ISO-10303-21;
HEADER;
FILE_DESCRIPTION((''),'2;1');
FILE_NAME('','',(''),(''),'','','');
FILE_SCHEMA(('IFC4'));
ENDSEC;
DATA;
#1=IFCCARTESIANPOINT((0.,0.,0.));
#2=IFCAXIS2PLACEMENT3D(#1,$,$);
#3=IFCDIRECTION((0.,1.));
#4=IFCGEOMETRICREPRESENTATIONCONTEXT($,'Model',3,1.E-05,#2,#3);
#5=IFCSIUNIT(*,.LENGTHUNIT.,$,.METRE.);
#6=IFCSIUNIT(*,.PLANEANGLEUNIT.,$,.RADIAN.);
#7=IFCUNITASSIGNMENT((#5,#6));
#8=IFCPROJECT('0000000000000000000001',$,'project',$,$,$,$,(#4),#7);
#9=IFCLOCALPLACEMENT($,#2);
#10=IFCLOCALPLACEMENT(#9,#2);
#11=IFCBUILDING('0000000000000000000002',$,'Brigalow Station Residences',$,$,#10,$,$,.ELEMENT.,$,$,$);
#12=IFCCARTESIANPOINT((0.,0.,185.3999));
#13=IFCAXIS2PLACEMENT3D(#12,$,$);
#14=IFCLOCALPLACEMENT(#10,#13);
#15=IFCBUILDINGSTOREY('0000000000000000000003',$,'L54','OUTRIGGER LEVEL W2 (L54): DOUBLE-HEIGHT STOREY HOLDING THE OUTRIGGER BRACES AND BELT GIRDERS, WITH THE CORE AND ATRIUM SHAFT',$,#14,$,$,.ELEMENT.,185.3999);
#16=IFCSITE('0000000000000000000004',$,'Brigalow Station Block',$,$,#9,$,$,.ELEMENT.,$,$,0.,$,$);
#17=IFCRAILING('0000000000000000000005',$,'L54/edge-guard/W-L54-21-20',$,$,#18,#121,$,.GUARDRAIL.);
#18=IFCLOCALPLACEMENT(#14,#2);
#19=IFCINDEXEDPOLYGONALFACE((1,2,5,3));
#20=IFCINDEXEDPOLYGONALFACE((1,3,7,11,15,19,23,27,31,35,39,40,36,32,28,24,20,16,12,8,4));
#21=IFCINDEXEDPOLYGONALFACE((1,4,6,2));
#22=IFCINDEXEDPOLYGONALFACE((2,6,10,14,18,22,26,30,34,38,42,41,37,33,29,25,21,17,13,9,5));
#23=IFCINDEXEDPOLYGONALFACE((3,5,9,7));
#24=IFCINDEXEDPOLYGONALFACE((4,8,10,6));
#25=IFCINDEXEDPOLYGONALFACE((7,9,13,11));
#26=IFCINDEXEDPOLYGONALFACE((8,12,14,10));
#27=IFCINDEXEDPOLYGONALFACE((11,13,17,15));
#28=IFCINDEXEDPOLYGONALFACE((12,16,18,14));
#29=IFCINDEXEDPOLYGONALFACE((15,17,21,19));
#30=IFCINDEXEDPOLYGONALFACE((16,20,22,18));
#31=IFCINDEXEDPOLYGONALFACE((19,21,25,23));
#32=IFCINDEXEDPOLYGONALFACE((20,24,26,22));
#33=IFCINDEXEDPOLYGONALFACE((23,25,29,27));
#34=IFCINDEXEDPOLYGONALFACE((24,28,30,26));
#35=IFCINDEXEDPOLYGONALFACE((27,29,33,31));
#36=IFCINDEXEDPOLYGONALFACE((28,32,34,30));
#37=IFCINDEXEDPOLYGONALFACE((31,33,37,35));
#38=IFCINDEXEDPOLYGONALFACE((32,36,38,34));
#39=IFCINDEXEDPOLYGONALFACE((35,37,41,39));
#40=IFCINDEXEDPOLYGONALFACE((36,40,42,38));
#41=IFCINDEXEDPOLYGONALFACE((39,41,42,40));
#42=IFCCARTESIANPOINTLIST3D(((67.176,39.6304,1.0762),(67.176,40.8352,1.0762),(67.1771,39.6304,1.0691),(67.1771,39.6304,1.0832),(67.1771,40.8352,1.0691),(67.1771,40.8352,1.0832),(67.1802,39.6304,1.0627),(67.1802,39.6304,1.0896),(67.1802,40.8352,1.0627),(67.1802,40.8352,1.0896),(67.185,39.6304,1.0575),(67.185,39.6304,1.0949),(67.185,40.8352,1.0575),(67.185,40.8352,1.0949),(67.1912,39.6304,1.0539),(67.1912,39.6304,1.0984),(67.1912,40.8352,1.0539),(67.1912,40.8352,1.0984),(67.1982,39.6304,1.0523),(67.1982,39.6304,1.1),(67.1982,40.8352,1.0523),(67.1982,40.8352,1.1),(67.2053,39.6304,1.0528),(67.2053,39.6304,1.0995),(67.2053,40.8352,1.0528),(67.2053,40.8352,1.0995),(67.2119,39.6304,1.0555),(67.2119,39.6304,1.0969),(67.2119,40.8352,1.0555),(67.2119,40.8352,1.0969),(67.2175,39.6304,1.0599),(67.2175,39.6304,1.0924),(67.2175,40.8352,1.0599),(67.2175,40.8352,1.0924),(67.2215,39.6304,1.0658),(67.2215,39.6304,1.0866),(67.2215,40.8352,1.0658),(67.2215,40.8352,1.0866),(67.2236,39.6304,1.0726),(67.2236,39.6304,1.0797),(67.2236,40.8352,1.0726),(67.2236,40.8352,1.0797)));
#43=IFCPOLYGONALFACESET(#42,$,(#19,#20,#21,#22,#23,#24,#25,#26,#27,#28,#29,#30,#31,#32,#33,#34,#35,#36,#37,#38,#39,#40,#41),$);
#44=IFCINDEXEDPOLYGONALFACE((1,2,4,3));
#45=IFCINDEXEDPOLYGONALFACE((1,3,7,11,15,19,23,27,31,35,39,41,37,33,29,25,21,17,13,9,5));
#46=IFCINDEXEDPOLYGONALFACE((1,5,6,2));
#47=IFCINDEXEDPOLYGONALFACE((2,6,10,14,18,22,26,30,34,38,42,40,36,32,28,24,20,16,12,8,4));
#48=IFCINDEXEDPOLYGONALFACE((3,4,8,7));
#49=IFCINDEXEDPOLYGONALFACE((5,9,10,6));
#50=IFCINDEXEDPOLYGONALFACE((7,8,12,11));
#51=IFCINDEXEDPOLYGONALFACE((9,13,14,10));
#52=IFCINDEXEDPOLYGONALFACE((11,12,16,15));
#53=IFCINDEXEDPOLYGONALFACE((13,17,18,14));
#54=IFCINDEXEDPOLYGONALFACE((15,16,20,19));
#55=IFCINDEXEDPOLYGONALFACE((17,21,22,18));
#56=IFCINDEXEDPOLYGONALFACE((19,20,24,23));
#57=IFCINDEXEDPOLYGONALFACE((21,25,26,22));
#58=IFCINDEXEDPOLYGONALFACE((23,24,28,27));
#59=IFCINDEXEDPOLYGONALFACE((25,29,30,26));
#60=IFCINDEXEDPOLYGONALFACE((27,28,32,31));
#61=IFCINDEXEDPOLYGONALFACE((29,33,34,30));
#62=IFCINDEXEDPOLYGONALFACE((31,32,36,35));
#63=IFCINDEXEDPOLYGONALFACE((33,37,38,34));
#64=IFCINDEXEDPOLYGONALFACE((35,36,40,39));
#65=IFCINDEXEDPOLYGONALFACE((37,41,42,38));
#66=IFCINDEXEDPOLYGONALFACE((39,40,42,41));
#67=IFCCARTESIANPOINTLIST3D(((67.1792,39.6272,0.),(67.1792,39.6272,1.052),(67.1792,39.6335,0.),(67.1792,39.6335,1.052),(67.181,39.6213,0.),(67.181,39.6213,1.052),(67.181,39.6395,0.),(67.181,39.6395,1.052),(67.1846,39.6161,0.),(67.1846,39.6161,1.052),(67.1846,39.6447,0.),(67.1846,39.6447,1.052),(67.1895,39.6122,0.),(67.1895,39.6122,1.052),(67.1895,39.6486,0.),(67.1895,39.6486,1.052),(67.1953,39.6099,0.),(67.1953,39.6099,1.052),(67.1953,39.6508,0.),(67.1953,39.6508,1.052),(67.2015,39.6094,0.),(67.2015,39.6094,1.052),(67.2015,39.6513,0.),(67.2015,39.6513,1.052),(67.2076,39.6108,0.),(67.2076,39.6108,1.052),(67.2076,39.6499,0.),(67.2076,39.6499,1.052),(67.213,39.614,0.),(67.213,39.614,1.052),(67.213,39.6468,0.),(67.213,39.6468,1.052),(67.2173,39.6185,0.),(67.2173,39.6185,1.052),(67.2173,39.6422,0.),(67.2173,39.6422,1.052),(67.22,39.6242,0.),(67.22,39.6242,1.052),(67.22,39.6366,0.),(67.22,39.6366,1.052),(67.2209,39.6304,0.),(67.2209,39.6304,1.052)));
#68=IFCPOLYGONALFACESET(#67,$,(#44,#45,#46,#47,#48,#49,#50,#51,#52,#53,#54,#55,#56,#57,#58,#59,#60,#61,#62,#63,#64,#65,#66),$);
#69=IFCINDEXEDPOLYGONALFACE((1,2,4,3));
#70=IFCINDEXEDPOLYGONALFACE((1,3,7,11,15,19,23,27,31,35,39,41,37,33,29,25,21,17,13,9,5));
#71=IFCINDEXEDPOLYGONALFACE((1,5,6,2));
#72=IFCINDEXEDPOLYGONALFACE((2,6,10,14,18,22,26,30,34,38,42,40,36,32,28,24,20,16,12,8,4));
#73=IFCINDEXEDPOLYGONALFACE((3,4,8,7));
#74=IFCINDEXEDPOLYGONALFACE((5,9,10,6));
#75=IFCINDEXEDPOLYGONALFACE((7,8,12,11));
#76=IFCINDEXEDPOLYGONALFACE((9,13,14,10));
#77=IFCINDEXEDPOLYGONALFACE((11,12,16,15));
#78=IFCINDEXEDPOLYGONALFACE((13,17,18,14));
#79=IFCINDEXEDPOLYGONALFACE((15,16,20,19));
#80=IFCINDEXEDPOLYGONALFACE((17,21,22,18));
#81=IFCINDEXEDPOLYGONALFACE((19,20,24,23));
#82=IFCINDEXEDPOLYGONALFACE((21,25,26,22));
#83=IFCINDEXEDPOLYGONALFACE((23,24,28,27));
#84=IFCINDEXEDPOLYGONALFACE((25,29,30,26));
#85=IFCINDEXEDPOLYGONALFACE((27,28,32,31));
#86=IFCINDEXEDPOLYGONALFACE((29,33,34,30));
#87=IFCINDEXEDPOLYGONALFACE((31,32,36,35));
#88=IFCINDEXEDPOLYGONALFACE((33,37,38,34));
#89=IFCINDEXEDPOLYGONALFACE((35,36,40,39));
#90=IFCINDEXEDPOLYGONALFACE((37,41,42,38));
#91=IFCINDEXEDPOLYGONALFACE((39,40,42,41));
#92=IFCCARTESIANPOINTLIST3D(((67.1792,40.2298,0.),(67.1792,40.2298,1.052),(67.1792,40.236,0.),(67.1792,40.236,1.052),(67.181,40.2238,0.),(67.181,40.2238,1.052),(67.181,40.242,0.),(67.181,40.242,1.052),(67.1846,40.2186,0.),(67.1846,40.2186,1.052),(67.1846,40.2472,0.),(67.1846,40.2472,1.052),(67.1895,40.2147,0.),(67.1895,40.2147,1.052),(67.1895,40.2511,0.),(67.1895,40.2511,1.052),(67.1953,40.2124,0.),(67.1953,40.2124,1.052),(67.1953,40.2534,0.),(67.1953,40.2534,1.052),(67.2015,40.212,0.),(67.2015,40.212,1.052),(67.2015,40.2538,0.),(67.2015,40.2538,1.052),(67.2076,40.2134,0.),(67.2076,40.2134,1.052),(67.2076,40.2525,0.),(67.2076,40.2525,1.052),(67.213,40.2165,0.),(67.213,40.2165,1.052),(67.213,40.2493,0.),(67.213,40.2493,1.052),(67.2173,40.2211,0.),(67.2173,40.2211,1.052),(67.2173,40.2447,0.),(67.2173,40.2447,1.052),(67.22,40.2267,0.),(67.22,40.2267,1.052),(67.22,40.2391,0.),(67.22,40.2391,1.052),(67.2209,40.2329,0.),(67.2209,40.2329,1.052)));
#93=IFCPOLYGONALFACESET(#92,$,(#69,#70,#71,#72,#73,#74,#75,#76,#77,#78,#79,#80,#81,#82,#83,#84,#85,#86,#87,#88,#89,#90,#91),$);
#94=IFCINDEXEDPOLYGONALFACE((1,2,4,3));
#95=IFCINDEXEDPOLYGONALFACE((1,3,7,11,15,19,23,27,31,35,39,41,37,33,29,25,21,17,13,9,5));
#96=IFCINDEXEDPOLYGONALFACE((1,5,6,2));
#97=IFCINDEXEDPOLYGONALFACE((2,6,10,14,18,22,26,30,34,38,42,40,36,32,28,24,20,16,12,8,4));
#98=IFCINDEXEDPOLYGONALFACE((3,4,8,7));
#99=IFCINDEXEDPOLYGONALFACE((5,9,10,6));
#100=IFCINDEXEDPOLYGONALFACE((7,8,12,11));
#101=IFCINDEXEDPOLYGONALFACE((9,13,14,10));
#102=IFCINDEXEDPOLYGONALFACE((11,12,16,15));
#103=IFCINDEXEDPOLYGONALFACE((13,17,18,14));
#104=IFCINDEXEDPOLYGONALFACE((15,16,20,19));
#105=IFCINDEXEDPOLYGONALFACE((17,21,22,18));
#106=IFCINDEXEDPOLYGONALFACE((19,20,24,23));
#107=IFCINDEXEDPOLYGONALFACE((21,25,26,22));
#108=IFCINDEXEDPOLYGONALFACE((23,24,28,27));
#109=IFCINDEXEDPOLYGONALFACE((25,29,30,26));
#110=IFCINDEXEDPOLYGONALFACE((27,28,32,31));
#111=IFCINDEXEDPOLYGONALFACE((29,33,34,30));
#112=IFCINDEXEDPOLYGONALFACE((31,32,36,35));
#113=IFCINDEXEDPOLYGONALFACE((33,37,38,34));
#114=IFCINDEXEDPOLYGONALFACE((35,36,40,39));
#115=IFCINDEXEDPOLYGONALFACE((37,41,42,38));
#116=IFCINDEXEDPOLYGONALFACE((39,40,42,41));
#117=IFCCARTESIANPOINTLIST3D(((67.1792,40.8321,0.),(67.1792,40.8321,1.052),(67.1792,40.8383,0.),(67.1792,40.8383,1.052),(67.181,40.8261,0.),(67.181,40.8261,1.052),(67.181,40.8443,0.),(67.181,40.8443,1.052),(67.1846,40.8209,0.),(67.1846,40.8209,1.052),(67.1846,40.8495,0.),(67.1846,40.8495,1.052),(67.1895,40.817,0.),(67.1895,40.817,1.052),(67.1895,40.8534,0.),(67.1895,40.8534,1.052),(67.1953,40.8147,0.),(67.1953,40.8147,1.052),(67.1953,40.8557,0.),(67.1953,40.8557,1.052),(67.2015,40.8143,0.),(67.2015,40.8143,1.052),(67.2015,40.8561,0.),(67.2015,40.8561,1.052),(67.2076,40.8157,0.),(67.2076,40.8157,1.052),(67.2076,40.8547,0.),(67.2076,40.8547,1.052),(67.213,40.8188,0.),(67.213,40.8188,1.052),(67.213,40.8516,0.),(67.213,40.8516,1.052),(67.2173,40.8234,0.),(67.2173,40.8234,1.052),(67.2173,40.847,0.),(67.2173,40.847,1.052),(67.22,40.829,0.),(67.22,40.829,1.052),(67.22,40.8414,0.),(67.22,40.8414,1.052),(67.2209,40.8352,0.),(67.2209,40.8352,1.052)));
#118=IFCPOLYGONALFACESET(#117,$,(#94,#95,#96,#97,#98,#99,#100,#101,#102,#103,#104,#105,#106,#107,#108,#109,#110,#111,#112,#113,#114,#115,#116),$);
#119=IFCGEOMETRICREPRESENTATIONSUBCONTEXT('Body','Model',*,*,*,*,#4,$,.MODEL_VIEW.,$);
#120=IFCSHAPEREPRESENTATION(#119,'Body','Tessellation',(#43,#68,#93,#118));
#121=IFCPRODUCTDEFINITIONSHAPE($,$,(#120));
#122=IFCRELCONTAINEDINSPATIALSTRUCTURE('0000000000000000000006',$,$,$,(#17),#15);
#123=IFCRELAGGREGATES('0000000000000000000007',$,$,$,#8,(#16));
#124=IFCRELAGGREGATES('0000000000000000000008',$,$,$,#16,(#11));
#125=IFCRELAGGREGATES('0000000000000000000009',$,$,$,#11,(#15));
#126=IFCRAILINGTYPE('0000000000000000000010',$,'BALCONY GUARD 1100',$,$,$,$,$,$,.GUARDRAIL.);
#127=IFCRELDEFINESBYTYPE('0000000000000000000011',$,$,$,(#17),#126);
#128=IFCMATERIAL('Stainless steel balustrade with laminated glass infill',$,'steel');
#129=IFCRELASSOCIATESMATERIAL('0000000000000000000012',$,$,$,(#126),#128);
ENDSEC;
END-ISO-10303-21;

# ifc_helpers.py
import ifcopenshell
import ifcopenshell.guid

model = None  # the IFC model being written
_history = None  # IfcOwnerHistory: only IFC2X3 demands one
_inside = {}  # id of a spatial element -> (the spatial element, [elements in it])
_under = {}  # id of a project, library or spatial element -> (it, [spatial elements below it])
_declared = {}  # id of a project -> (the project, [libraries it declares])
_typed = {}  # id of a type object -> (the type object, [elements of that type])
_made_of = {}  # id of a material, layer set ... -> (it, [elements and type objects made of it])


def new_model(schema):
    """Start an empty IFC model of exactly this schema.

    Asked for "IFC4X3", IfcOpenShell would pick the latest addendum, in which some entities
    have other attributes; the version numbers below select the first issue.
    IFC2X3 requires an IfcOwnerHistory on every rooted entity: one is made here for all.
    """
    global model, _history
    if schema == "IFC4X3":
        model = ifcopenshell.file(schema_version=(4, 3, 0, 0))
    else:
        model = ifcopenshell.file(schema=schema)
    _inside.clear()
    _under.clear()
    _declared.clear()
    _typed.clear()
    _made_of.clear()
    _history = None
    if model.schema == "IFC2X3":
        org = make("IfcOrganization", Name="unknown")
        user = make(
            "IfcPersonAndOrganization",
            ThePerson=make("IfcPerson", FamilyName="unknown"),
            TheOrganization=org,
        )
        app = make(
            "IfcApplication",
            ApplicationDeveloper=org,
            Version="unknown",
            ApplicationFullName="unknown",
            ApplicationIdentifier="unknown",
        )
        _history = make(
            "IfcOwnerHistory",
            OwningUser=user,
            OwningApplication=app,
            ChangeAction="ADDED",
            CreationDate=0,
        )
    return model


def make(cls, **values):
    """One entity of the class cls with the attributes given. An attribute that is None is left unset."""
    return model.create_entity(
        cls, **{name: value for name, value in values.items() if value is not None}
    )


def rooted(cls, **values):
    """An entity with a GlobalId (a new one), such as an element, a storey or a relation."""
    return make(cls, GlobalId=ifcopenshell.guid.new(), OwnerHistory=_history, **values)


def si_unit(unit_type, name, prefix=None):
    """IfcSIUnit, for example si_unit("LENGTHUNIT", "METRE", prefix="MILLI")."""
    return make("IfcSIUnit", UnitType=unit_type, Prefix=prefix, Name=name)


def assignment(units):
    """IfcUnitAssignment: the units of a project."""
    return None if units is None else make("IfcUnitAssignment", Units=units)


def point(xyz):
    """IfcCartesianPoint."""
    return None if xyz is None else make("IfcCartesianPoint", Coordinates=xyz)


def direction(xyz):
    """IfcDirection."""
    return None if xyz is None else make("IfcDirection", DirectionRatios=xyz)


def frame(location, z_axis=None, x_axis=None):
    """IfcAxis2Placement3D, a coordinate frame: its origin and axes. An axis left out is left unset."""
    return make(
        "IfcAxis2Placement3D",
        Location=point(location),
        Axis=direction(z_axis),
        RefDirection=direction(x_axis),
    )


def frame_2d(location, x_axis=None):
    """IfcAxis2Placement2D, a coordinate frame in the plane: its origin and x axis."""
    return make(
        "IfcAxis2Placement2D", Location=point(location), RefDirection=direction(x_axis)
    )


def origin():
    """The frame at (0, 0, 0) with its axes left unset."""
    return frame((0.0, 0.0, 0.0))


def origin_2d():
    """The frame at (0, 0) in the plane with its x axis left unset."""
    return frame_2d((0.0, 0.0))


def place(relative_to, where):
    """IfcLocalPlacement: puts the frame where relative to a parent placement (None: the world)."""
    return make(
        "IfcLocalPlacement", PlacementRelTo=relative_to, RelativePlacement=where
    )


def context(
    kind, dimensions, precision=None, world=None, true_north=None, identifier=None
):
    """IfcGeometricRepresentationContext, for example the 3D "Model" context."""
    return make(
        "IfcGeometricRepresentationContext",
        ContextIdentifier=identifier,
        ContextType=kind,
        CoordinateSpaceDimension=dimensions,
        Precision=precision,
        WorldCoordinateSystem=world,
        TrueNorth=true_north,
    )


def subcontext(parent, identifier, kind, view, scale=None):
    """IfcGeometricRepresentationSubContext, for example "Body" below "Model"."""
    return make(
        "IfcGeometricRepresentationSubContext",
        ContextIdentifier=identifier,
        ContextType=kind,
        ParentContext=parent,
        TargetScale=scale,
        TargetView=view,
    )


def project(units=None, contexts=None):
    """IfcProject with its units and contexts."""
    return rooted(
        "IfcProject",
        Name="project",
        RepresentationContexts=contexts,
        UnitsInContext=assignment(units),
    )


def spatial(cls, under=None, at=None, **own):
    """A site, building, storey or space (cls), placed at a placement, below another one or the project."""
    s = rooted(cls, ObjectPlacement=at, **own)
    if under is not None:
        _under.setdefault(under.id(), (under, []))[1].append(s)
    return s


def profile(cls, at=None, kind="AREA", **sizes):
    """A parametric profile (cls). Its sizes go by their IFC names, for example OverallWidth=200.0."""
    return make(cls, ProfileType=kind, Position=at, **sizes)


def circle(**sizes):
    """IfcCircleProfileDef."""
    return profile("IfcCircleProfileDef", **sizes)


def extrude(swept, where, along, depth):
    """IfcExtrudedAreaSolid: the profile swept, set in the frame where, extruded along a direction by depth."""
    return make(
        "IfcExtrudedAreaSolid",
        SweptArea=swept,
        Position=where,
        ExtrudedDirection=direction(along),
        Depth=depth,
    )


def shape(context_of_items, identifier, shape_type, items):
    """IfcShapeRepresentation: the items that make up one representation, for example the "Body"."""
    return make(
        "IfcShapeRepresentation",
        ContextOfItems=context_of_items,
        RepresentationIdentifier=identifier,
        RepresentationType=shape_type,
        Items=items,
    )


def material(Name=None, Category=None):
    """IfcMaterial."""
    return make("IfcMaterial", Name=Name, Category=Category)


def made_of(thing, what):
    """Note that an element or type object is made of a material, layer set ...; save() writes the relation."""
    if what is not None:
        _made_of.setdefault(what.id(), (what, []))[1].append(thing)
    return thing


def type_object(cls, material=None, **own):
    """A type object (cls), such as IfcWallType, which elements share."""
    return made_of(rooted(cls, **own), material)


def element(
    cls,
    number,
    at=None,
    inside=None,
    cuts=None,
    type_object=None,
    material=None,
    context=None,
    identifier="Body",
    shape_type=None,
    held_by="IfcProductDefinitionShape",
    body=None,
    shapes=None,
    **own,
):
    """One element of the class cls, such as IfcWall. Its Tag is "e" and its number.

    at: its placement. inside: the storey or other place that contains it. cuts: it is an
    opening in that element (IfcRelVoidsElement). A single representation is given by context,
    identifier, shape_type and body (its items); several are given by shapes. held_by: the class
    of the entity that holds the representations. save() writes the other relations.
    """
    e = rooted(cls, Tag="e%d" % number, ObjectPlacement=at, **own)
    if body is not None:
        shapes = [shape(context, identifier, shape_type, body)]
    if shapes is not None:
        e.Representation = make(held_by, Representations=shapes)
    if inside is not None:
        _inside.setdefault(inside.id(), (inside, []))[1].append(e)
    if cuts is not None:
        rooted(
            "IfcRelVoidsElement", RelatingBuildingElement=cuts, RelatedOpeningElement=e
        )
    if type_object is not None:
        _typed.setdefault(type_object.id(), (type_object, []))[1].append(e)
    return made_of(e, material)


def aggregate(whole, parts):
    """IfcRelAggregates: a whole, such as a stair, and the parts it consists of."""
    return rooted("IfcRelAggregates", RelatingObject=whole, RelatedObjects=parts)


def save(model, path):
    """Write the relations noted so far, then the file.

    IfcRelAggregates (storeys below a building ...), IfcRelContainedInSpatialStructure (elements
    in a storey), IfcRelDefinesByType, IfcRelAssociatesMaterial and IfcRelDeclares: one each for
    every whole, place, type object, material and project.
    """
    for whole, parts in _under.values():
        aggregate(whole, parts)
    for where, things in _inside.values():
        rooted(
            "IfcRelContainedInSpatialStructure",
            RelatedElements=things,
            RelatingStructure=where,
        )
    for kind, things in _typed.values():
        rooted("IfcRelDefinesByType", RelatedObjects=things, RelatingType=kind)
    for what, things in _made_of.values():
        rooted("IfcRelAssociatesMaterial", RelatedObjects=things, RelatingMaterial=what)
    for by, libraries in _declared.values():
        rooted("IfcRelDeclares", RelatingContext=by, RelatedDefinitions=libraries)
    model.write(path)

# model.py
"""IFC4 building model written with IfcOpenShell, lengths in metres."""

from ifc_helpers import new_model, si_unit, direction, frame, origin, origin_2d, place, context, subcontext, project, spatial, circle, extrude, material, type_object, element, save


model = new_model("IFC4")

# Units and contexts
model_context = context("Model", 3, precision=1e-05, world=origin(), true_north=direction((0.0, 1.0)))
body_context = subcontext(model_context, "Body", "Model", "MODEL_VIEW")
ifc_project = project(units=[si_unit("LENGTHUNIT", "METRE"), si_unit("PLANEANGLEUNIT", "RADIAN")], contexts=[model_context])

# Site, building, storey
site_placement = place(None, origin())
site = spatial("IfcSite", under=ifc_project, at=site_placement, Name="Brigalow Station Block", CompositionType="ELEMENT", RefElevation=0.0)
building_placement = place(site_placement, origin())
building = spatial("IfcBuilding", under=site, at=building_placement, Name="Brigalow Station Residences", CompositionType="ELEMENT")
storey_placement = place(building_placement, frame((0.0, 0.0, 185.3999)))
storey = spatial("IfcBuildingStorey", under=building, at=storey_placement, Name="L54", Description="OUTRIGGER LEVEL W2 (L54): DOUBLE-HEIGHT STOREY HOLDING THE OUTRIGGER BRACES AND BELT GIRDERS, WITH THE CORE AND ATRIUM SHAFT", CompositionType="ELEMENT", Elevation=185.3999)

# Railing
ifc_material_1 = material(Name="Stainless steel balustrade with laminated glass infill", Category="steel")
railing_type_1 = type_object("IfcRailingType", Name="BALCONY GUARD 1100", PredefinedType="GUARDRAIL", material=ifc_material_1)
railing_1_placement = place(storey_placement, frame((67.2, 39.6304, 0.0)))
element("IfcRailing", 1, at=railing_1_placement, inside=storey, type_object=railing_type_1, Name="L54/edge-guard/W-L54-21-20", PredefinedType="GUARDRAIL", context=body_context, shape_type="SweptSolid", body=[
    extrude(circle(Radius=0.0239, at=origin_2d()), frame((0.0, 0.0, 1.0762), z_axis=(0.0, 1.0, 0.0), x_axis=(-1.0, 0.0, 0.0)), (0.0, 0.0, 1.0), 1.2048),
    extrude(circle(Radius=0.021, at=origin_2d()), origin(), (0.0, 0.0, 1.0), 1.052),
    extrude(circle(Radius=0.021, at=origin_2d()), frame((0.0, 0.6025, 0.0)), (0.0, 0.0, 1.0), 1.052),
    extrude(circle(Radius=0.021, at=origin_2d()), frame((0.0, 1.2048, 0.0)), (0.0, 0.0, 1.0), 1.052),
])

save(model, "model.ifc")
